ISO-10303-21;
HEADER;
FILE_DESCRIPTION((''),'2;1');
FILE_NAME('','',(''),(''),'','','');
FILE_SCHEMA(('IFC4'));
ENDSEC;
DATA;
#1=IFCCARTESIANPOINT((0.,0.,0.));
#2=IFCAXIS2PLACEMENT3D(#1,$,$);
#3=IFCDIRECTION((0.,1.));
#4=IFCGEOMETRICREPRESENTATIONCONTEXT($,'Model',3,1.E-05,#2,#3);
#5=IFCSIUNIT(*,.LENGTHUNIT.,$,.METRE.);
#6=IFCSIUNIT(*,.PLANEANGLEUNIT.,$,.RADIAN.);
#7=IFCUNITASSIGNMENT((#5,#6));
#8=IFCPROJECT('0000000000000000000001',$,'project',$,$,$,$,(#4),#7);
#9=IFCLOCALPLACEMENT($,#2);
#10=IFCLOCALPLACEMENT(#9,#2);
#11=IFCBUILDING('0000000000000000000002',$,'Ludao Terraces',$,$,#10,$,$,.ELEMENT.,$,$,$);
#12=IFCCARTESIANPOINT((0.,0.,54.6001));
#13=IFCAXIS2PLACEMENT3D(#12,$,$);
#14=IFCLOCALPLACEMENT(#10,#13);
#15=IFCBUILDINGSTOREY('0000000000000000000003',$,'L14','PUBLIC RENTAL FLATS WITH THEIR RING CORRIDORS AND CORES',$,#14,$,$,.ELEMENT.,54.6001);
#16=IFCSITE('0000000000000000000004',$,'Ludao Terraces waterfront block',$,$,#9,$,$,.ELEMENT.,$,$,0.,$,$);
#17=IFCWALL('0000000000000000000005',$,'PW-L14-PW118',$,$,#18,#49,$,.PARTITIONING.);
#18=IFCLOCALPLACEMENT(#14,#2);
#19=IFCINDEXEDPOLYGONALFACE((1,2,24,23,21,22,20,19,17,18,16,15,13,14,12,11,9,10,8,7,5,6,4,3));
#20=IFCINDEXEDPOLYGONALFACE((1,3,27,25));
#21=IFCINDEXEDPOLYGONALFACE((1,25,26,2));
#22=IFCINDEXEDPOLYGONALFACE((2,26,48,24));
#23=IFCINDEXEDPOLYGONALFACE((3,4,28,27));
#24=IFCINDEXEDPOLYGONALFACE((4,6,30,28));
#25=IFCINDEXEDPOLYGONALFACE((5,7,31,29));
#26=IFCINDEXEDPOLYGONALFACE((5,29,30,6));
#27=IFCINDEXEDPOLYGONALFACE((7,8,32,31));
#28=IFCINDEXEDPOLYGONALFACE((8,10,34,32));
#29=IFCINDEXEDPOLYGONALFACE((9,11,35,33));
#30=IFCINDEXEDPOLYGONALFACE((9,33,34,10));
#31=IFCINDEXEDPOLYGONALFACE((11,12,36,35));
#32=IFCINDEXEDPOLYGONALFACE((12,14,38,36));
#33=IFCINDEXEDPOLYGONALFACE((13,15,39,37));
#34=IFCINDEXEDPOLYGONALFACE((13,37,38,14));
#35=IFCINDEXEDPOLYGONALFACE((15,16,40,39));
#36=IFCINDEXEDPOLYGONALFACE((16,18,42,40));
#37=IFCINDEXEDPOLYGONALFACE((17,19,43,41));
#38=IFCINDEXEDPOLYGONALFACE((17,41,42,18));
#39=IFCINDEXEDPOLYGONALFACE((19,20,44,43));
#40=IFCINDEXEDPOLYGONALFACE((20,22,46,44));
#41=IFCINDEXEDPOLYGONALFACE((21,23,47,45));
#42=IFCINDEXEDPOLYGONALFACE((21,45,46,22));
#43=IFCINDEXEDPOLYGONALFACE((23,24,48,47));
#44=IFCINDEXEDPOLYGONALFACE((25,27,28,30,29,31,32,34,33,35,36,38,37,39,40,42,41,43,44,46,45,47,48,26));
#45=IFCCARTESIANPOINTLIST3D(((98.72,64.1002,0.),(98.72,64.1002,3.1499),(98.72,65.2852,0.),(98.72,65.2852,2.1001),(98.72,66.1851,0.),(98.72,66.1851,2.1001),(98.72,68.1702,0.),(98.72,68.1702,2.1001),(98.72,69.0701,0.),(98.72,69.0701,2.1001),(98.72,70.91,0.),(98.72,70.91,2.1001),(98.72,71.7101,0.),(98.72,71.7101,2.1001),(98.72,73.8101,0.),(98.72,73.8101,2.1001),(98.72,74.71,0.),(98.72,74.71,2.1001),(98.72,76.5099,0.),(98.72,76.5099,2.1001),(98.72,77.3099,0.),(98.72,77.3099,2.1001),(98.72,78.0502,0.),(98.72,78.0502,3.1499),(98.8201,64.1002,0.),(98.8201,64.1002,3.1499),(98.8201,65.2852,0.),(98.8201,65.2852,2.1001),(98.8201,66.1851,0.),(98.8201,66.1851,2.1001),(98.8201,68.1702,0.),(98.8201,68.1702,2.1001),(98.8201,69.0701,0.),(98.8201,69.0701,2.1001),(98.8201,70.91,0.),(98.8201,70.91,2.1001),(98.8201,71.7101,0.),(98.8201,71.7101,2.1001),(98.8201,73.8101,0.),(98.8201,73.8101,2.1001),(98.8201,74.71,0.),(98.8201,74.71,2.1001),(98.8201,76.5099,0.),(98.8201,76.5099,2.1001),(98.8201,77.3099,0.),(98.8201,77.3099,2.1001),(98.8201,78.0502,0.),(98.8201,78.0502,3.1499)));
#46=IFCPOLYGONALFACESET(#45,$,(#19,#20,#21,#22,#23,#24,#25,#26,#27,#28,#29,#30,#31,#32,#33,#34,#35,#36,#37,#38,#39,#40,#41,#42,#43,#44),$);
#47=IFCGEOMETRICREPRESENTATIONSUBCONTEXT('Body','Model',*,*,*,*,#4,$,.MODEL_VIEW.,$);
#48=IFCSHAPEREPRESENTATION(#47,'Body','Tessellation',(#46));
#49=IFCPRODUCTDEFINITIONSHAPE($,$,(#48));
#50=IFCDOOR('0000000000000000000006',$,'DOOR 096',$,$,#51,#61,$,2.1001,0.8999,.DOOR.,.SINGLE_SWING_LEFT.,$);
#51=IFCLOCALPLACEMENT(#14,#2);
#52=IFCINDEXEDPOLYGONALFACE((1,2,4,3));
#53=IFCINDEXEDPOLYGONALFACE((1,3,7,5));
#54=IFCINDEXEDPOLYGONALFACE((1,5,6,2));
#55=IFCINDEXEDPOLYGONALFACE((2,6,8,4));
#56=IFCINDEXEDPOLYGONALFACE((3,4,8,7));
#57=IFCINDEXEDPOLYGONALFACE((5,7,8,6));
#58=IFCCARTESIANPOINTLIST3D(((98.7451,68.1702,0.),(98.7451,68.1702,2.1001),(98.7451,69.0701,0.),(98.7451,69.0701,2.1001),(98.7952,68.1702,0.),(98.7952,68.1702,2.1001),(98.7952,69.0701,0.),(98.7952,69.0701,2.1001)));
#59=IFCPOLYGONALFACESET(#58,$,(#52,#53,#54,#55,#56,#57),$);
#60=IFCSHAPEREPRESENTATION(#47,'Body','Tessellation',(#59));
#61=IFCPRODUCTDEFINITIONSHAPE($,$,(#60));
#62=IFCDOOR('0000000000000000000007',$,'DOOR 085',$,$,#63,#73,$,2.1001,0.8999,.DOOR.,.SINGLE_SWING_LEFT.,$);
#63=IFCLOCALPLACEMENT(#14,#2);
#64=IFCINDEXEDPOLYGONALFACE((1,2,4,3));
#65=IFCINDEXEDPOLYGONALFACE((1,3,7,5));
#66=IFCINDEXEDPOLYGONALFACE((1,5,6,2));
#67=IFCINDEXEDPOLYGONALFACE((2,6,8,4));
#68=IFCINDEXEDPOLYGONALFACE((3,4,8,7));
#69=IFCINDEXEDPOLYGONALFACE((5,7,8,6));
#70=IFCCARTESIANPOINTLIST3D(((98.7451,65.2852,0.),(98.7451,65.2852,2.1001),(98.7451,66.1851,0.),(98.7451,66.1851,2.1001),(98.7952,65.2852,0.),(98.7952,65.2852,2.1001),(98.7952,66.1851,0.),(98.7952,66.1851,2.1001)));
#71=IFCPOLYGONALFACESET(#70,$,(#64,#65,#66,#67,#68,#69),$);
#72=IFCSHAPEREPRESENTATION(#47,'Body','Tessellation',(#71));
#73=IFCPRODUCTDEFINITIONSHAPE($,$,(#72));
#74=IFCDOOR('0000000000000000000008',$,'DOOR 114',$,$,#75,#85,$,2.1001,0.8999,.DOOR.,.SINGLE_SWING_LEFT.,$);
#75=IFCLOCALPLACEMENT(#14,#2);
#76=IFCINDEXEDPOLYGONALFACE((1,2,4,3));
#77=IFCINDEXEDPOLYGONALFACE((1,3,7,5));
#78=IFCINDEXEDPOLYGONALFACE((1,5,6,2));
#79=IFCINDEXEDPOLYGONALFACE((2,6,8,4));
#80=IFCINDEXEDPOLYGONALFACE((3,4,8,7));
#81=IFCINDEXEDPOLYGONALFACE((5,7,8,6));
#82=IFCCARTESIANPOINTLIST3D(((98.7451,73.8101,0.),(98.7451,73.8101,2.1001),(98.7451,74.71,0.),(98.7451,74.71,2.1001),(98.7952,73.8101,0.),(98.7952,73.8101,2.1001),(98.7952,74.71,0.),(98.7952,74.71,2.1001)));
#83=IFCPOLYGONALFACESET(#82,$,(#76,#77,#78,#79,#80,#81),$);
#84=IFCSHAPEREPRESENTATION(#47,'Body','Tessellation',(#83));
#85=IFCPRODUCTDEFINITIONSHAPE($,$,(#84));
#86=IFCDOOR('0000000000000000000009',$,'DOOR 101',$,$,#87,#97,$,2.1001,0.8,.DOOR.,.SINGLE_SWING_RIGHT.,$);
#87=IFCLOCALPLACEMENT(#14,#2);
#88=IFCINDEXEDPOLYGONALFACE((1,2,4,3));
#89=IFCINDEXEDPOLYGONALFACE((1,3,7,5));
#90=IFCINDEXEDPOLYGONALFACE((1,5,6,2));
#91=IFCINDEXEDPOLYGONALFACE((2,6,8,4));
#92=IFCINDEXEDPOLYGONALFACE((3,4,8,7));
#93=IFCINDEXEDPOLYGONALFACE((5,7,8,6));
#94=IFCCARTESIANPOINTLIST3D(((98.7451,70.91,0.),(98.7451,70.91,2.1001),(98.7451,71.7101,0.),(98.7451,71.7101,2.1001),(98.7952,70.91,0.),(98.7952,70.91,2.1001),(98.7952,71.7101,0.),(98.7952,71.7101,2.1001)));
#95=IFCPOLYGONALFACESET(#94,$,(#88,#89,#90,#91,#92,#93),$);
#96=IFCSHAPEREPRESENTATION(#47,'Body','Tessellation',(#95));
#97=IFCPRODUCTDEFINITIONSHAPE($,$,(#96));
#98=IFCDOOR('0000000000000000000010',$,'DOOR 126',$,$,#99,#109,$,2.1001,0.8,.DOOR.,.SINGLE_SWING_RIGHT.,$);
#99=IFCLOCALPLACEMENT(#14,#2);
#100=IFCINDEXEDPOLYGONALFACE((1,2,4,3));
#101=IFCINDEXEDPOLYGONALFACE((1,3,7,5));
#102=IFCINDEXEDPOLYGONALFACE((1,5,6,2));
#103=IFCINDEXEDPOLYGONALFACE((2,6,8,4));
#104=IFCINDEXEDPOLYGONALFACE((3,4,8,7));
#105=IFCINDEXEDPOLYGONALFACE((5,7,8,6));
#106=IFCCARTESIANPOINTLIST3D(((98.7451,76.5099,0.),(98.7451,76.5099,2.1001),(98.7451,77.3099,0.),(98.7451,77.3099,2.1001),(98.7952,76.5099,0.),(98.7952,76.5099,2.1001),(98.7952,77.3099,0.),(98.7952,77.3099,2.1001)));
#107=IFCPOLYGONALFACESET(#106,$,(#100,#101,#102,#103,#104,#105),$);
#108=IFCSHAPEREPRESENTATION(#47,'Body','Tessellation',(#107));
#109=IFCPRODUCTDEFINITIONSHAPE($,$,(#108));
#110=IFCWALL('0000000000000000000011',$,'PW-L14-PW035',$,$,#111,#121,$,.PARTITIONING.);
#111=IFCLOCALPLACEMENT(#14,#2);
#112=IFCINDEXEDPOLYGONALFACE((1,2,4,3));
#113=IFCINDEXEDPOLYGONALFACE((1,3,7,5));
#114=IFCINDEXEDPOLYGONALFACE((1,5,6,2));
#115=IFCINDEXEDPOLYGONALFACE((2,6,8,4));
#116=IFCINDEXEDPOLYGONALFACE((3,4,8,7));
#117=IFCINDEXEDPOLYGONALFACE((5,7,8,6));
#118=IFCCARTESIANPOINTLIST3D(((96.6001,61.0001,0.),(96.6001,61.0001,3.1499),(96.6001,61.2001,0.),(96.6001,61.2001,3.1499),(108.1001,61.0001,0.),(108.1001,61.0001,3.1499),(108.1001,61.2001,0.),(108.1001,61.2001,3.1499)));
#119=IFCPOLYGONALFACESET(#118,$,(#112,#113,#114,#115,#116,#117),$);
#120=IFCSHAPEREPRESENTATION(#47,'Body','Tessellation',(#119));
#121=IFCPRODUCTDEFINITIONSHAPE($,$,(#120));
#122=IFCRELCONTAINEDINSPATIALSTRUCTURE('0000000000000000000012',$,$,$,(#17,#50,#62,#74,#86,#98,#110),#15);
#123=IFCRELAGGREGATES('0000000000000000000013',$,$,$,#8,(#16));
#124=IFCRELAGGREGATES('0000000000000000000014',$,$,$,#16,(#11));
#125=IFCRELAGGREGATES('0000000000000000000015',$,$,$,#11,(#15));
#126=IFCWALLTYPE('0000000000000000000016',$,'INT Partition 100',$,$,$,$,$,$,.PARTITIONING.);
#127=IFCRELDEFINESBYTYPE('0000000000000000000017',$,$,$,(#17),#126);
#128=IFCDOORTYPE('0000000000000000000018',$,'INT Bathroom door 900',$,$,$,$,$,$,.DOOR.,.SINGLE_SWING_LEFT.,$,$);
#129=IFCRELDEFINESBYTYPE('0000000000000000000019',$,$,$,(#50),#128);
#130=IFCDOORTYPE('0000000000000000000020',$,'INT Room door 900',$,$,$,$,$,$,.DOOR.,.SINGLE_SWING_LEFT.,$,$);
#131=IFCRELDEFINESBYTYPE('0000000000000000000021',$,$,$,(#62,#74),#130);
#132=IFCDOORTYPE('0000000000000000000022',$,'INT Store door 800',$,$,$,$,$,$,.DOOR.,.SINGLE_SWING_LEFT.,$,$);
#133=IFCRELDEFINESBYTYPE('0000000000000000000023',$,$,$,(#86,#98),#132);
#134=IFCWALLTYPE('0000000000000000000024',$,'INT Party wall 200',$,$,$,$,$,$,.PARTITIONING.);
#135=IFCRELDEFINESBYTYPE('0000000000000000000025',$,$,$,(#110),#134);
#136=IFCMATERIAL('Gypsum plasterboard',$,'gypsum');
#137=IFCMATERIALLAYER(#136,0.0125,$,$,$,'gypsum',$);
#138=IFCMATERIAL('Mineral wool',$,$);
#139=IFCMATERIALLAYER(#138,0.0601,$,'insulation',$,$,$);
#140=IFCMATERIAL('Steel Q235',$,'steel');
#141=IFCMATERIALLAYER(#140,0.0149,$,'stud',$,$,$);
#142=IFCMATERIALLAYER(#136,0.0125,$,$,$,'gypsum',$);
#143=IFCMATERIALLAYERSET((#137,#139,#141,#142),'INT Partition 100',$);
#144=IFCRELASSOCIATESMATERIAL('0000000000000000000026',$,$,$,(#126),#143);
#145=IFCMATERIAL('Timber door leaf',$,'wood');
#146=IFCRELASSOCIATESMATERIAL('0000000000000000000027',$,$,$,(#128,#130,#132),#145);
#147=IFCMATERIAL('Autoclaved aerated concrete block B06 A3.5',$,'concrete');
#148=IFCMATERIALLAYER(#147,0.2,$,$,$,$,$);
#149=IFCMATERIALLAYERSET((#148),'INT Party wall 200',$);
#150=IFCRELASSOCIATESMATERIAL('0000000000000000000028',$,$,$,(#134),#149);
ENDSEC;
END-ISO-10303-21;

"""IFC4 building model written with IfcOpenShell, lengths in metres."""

from ifc_helpers import new_model, si_unit, direction, frame, frame_2d, origin, place, context, subcontext, project, spatial, rectangle, extrude, material, layer, layer_set, type_object, element, fill, save


model = new_model("IFC4")

# Units and contexts
model_context = context("Model", 3, precision=1e-05, world=origin(), true_north=direction((0.0, 1.0)))
body_context = subcontext(model_context, "Body", "Model", "MODEL_VIEW")
ifc_project = project(units=[si_unit("LENGTHUNIT", "METRE"), si_unit("PLANEANGLEUNIT", "RADIAN")], contexts=[model_context])

# Site, building, storey
site_placement = place(None, origin())
site = spatial("IfcSite", under=ifc_project, at=site_placement, Name="Ludao Terraces waterfront block", CompositionType="ELEMENT", RefElevation=0.0)
building_placement = place(site_placement, origin())
building = spatial("IfcBuilding", under=site, at=building_placement, Name="Ludao Terraces", CompositionType="ELEMENT")
storey_placement = place(building_placement, frame((0.0, 0.0, 54.6001)))
storey = spatial("IfcBuildingStorey", under=building, at=storey_placement, Name="L14", Description="PUBLIC RENTAL FLATS WITH THEIR RING CORRIDORS AND CORES", CompositionType="ELEMENT", Elevation=54.6001)

# Shared definitions
ifc_material_1 = material(Name="Autoclaved aerated concrete block B06 A3.5", Category="concrete")
ifc_material_2 = material(Name="Steel Q235", Category="steel")

# Shared definitions
ifc_material_3 = material(Name="Gypsum plasterboard", Category="gypsum")
ifc_layer_1 = layer(ifc_material_3, 0.0125, Category="gypsum")
ifc_material_4 = material(Name="Mineral wool")
ifc_layer_2 = layer(ifc_material_4, 0.0601, Name="insulation")
ifc_layer_3 = layer(ifc_material_2, 0.0149, Name="stud")
ifc_layer_4 = layer(ifc_material_3, 0.0125, Category="gypsum")
ifc_layer_set_1 = layer_set([ifc_layer_1, ifc_layer_2, ifc_layer_3, ifc_layer_4], Name="INT Partition 100")
wall_type_1 = type_object("IfcWallType", Name="INT Partition 100", PredefinedType="PARTITIONING", material=ifc_layer_set_1)

# Wall, openings, doors
ifc_material_5 = material(Name="Timber door leaf", Category="wood")
door_type_1 = type_object("IfcDoorType", Name="INT Bathroom door 900", OperationType="SINGLE_SWING_LEFT", PredefinedType="DOOR", material=ifc_material_5)
door_type_2 = type_object("IfcDoorType", Name="INT Room door 900", OperationType="SINGLE_SWING_LEFT", PredefinedType="DOOR", material=ifc_material_5)
door_type_3 = type_object("IfcDoorType", Name="INT Store door 800", OperationType="SINGLE_SWING_LEFT", PredefinedType="DOOR", material=ifc_material_5)
wall_1_placement = place(storey_placement, frame((98.77, 64.1001, 0.0), z_axis=(0.0, 0.0, 1.0), x_axis=(0.0, 1.0, 0.0)))
wall_1 = element("IfcWall", 1, at=wall_1_placement, inside=storey, type_object=wall_type_1, Name="PW-L14-PW118", PredefinedType="PARTITIONING", context=body_context, shape_type="SweptSolid", body=[
    extrude(rectangle(XDim=13.95, YDim=0.1001, at=frame_2d((6.9751, 0.0))), origin(), (0.0, 0.0, 1.0), 3.1499),
])
opening_1_placement = place(wall_1_placement, frame((1.1851, 0.0, 0.0)))
opening_1 = element("IfcOpeningElement", 2, at=opening_1_placement, cuts=wall_1, PredefinedType="OPENING", context=body_context, shape_type="SweptSolid", body=[
    extrude(rectangle(XDim=0.8999, YDim=2.1001, at=frame_2d((0.45, 1.05))), frame((0.0, 0.0601, 0.0), z_axis=(0.0, -1.0, 0.0), x_axis=(1.0, 0.0, 0.0)), (0.0, 0.0, 1.0), 0.1201),
])
opening_2_placement = place(wall_1_placement, frame((4.0701, 0.0, 0.0)))
opening_2 = element("IfcOpeningElement", 3, at=opening_2_placement, cuts=wall_1, PredefinedType="OPENING", context=body_context, shape_type="SweptSolid", body=[
    extrude(rectangle(XDim=0.8999, YDim=2.1001, at=frame_2d((0.45, 1.05))), frame((0.0, 0.0601, 0.0), z_axis=(0.0, -1.0, 0.0), x_axis=(1.0, 0.0, 0.0)), (0.0, 0.0, 1.0), 0.1201),
])
opening_3_placement = place(wall_1_placement, frame((6.8101, 0.0, 0.0)))
opening_3 = element("IfcOpeningElement", 4, at=opening_3_placement, cuts=wall_1, PredefinedType="OPENING", context=body_context, shape_type="SweptSolid", body=[
    extrude(rectangle(XDim=0.8, YDim=2.1001, at=frame_2d((0.3999, 1.05))), frame((0.0, 0.0601, 0.0), z_axis=(0.0, -1.0, 0.0), x_axis=(1.0, 0.0, 0.0)), (0.0, 0.0, 1.0), 0.1201),
])
opening_4_placement = place(wall_1_placement, frame((9.71, 0.0, 0.0)))
opening_4 = element("IfcOpeningElement", 5, at=opening_4_placement, cuts=wall_1, PredefinedType="OPENING", context=body_context, shape_type="SweptSolid", body=[
    extrude(rectangle(XDim=0.8999, YDim=2.1001, at=frame_2d((0.45, 1.05))), frame((0.0, 0.0601, 0.0), z_axis=(0.0, -1.0, 0.0), x_axis=(1.0, 0.0, 0.0)), (0.0, 0.0, 1.0), 0.1201),
])
opening_5_placement = place(wall_1_placement, frame((12.4099, 0.0, 0.0)))
opening_5 = element("IfcOpeningElement", 6, at=opening_5_placement, cuts=wall_1, PredefinedType="OPENING", context=body_context, shape_type="SweptSolid", body=[
    extrude(rectangle(XDim=0.8, YDim=2.1001, at=frame_2d((0.3999, 1.05))), frame((0.0, 0.0601, 0.0), z_axis=(0.0, -1.0, 0.0), x_axis=(1.0, 0.0, 0.0)), (0.0, 0.0, 1.0), 0.1201),
])
door_1_placement = place(opening_2_placement, origin())
door_1 = element("IfcDoor", 7, at=door_1_placement, inside=storey, type_object=door_type_1, Name="DOOR 096", OperationType="SINGLE_SWING_LEFT", OverallHeight=2.1001, OverallWidth=0.8999, PredefinedType="DOOR", context=body_context, shape_type="SweptSolid", body=[
    extrude(rectangle(XDim=0.8999, YDim=2.1001, at=frame_2d((0.45, 1.05))), frame((0.0, 0.0249, 0.0), z_axis=(0.0, -1.0, 0.0), x_axis=(1.0, 0.0, 0.0)), (0.0, 0.0, 1.0), 0.05),
])
fill(opening_2, door_1)
door_2_placement = place(opening_1_placement, origin())
door_2 = element("IfcDoor", 8, at=door_2_placement, inside=storey, type_object=door_type_2, Name="DOOR 085", OperationType="SINGLE_SWING_LEFT", OverallHeight=2.1001, OverallWidth=0.8999, PredefinedType="DOOR", context=body_context, shape_type="SweptSolid", body=[
    extrude(rectangle(XDim=0.8999, YDim=2.1001, at=frame_2d((0.45, 1.05))), frame((0.0, 0.0249, 0.0), z_axis=(0.0, -1.0, 0.0), x_axis=(1.0, 0.0, 0.0)), (0.0, 0.0, 1.0), 0.05),
])
fill(opening_1, door_2)
door_3_placement = place(opening_4_placement, origin())
door_3 = element("IfcDoor", 9, at=door_3_placement, inside=storey, type_object=door_type_2, Name="DOOR 114", OperationType="SINGLE_SWING_LEFT", OverallHeight=2.1001, OverallWidth=0.8999, PredefinedType="DOOR", context=body_context, shape_type="SweptSolid", body=[
    extrude(rectangle(XDim=0.8999, YDim=2.1001, at=frame_2d((0.45, 1.05))), frame((0.0, 0.0249, 0.0), z_axis=(0.0, -1.0, 0.0), x_axis=(1.0, 0.0, 0.0)), (0.0, 0.0, 1.0), 0.05),
])
fill(opening_4, door_3)
door_4_placement = place(opening_3_placement, origin())
door_4 = element("IfcDoor", 10, at=door_4_placement, inside=storey, type_object=door_type_3, Name="DOOR 101", OperationType="SINGLE_SWING_RIGHT", OverallHeight=2.1001, OverallWidth=0.8, PredefinedType="DOOR", context=body_context, shape_type="SweptSolid", body=[
    extrude(rectangle(XDim=0.8, YDim=2.1001, at=frame_2d((0.3999, 1.05))), frame((0.0, 0.0249, 0.0), z_axis=(0.0, -1.0, 0.0), x_axis=(1.0, 0.0, 0.0)), (0.0, 0.0, 1.0), 0.05),
])
fill(opening_3, door_4)
door_5_placement = place(opening_5_placement, origin())
door_5 = element("IfcDoor", 11, at=door_5_placement, inside=storey, type_object=door_type_3, Name="DOOR 126", OperationType="SINGLE_SWING_RIGHT", OverallHeight=2.1001, OverallWidth=0.8, PredefinedType="DOOR", context=body_context, shape_type="SweptSolid", body=[
    extrude(rectangle(XDim=0.8, YDim=2.1001, at=frame_2d((0.3999, 1.05))), frame((0.0, 0.0249, 0.0), z_axis=(0.0, -1.0, 0.0), x_axis=(1.0, 0.0, 0.0)), (0.0, 0.0, 1.0), 0.05),
])
fill(opening_5, door_5)

# Wall
ifc_layer_5 = layer(ifc_material_1, 0.2)
ifc_layer_set_2 = layer_set([ifc_layer_5], Name="INT Party wall 200")
wall_type_2 = type_object("IfcWallType", Name="INT Party wall 200", PredefinedType="PARTITIONING", material=ifc_layer_set_2)
wall_2_placement = place(storey_placement, frame((96.6001, 61.1001, 0.0), z_axis=(0.0, 0.0, 1.0), x_axis=(1.0, 0.0, 0.0)))
element("IfcWall", 12, at=wall_2_placement, inside=storey, type_object=wall_type_2, Name="PW-L14-PW035", PredefinedType="PARTITIONING", context=body_context, shape_type="SweptSolid", body=[
    extrude(rectangle(XDim=11.5, YDim=0.2, at=frame_2d((5.75, 0.0))), origin(), (0.0, 0.0, 1.0), 3.1499),
])

save(model, "model.ifc")
